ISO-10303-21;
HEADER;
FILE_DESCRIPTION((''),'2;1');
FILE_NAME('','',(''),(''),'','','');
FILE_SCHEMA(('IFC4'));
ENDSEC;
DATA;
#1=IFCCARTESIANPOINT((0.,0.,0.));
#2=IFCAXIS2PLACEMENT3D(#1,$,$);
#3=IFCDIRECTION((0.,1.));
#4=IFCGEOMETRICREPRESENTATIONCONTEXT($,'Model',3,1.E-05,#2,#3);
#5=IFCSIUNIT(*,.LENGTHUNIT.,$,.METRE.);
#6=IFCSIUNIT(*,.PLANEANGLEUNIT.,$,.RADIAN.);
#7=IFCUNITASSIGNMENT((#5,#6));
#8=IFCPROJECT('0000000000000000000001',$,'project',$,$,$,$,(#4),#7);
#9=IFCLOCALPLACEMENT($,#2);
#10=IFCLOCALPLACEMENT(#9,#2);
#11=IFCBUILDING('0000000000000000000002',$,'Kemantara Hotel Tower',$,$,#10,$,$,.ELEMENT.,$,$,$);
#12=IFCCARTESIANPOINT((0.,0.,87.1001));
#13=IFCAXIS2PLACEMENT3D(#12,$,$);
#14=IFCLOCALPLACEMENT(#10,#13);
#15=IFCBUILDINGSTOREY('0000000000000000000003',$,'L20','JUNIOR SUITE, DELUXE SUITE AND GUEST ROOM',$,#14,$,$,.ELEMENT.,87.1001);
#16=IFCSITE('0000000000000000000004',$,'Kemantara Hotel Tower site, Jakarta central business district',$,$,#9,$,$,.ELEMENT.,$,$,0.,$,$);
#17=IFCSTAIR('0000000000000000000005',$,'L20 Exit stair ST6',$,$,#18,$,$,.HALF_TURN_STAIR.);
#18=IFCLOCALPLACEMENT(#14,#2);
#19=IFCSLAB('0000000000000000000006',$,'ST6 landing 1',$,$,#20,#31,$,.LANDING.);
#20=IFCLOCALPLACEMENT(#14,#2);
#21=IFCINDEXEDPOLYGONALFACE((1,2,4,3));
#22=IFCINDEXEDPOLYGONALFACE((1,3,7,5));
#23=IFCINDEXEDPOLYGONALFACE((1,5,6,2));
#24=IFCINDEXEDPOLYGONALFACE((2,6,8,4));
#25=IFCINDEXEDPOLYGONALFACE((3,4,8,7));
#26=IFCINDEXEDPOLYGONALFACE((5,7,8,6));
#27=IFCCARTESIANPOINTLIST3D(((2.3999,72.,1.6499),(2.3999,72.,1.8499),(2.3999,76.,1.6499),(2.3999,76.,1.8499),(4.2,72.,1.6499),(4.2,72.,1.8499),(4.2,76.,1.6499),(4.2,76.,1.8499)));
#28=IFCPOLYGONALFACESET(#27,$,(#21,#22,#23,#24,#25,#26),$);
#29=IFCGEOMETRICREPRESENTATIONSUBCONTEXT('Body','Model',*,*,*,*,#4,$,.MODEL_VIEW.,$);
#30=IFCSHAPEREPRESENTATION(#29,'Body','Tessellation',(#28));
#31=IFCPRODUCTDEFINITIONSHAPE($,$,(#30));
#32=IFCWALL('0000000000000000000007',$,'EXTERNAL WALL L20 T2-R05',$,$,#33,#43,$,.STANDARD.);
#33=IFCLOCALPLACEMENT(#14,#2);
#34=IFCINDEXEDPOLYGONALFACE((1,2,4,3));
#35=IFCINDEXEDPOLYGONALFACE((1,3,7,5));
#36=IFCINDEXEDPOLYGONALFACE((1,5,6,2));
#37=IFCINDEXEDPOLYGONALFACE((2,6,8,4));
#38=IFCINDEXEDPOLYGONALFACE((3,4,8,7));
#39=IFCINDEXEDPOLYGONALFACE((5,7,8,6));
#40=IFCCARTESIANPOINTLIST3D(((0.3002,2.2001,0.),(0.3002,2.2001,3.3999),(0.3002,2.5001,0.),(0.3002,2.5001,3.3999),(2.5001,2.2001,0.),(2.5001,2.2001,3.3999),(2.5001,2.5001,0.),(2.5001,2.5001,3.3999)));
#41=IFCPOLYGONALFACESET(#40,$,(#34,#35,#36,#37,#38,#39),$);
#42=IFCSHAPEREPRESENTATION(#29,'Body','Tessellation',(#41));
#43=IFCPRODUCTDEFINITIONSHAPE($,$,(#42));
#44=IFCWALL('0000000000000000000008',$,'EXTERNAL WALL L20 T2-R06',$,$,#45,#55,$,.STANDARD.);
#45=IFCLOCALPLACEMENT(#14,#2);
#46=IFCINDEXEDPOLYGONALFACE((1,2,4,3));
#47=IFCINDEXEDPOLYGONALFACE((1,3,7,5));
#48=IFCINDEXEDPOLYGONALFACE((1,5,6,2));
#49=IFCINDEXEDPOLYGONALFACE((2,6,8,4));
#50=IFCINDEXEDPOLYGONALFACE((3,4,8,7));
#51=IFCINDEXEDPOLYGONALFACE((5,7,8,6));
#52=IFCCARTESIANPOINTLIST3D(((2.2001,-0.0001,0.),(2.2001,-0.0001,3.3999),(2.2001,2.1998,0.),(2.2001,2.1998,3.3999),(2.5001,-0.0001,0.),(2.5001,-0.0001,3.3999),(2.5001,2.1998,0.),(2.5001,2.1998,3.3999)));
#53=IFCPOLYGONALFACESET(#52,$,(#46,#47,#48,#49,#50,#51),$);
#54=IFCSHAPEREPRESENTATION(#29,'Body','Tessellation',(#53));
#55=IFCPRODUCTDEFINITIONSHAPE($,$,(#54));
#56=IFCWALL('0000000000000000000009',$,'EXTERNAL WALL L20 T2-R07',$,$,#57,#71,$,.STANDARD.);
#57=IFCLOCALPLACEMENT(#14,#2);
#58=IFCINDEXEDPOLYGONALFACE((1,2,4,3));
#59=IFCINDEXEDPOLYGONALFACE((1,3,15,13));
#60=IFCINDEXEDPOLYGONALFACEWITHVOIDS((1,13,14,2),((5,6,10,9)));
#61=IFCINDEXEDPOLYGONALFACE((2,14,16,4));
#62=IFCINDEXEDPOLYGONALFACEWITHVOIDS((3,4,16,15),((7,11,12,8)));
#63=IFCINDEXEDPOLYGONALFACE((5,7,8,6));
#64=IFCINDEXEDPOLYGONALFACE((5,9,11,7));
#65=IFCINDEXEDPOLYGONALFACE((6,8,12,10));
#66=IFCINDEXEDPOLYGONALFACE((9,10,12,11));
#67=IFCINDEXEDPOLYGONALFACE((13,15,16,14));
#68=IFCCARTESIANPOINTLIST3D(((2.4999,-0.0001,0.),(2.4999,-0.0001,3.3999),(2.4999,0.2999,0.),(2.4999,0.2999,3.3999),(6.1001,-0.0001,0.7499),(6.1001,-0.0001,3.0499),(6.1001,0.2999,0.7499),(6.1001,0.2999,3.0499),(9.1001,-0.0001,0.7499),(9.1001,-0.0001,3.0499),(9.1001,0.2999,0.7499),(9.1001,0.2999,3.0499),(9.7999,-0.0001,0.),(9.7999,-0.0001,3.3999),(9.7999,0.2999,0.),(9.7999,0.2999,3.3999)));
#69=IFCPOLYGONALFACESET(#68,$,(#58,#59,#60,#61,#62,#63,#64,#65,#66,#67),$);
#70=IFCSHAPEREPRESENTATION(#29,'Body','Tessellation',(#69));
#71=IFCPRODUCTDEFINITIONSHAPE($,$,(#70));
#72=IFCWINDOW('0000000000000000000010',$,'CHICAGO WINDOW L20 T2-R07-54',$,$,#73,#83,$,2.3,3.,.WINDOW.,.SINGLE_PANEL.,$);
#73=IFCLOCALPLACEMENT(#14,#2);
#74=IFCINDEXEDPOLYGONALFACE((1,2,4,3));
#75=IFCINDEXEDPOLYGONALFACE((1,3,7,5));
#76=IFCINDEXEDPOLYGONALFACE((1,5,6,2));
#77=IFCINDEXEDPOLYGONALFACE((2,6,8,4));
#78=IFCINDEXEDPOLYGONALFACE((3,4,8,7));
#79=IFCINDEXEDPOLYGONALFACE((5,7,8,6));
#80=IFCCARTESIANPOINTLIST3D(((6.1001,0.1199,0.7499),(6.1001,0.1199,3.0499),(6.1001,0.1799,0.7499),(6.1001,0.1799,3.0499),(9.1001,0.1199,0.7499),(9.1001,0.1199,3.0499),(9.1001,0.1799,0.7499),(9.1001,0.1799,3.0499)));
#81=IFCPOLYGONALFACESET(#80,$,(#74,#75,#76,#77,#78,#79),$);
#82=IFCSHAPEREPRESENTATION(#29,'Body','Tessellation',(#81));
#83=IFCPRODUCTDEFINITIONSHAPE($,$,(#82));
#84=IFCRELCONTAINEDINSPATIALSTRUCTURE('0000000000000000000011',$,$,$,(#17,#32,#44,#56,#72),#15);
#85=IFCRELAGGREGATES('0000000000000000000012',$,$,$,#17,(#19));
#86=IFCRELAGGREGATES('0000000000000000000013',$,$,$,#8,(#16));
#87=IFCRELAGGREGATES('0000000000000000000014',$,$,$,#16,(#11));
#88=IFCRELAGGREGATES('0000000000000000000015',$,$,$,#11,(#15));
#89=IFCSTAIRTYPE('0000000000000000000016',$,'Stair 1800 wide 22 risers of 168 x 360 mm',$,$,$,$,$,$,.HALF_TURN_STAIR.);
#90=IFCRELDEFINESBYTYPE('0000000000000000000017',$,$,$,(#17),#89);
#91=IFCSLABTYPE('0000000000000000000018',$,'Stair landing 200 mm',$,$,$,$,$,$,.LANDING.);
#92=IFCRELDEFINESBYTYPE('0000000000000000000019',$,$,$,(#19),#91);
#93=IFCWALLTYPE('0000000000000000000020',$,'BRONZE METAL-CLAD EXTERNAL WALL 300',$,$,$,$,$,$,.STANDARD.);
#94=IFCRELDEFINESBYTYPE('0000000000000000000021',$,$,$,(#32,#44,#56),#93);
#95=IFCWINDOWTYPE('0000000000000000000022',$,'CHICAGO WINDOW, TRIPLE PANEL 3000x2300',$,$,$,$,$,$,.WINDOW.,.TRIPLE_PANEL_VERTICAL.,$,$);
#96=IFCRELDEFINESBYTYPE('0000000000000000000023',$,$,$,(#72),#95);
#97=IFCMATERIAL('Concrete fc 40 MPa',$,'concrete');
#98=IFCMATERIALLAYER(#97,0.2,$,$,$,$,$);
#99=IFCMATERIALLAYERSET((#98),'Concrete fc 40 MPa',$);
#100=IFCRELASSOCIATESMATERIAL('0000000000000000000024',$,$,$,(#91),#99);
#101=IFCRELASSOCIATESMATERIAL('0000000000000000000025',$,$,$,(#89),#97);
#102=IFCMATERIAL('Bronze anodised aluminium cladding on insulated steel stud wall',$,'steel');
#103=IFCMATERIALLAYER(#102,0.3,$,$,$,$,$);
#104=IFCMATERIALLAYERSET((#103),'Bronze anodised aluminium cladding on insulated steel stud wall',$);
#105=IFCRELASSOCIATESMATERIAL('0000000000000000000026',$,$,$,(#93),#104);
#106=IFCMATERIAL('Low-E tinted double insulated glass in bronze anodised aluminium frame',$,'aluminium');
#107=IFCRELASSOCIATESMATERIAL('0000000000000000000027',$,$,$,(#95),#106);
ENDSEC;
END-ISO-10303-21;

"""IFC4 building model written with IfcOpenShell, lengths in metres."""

from ifc_helpers import new_model, si_unit, direction, frame, frame_2d, origin, place, context, subcontext, project, spatial, polyline, rectangle, outline, extrude, material, layer, layer_set, type_object, element, fill, aggregate, save


model = new_model("IFC4")

# Units and contexts
model_context = context("Model", 3, precision=1e-05, world=origin(), true_north=direction((0.0, 1.0)))
body_context = subcontext(model_context, "Body", "Model", "MODEL_VIEW")
ifc_project = project(units=[si_unit("LENGTHUNIT", "METRE"), si_unit("PLANEANGLEUNIT", "RADIAN")], contexts=[model_context])

# Site, building, storey
site_placement = place(None, origin())
site = spatial("IfcSite", under=ifc_project, at=site_placement, Name="Kemantara Hotel Tower site, Jakarta central business district", CompositionType="ELEMENT", RefElevation=0.0)
building_placement = place(site_placement, origin())
building = spatial("IfcBuilding", under=site, at=building_placement, Name="Kemantara Hotel Tower", CompositionType="ELEMENT")
storey_placement = place(building_placement, frame((0.0, 0.0, 87.1001)))
storey = spatial("IfcBuildingStorey", under=building, at=storey_placement, Name="L20", Description="JUNIOR SUITE, DELUXE SUITE AND GUEST ROOM", CompositionType="ELEMENT", Elevation=87.1001)

# Shared definitions
ifc_material_1 = material(Name="Concrete fc 40 MPa", Category="concrete")

# Stair, slab
ifc_layer_1 = layer(ifc_material_1, 0.2)
ifc_layer_set_1 = layer_set([ifc_layer_1], Name="Concrete fc 40 MPa")
slab_type_1 = type_object("IfcSlabType", Name="Stair landing 200 mm", PredefinedType="LANDING", material=ifc_layer_set_1)
stair_type_1 = type_object("IfcStairType", Name="Stair 1800 wide 22 risers of 168 x 360 mm", PredefinedType="HALF_TURN_STAIR", material=ifc_material_1)
stair_1_placement = place(storey_placement, origin())
stair_1 = element("IfcStair", 1, at=stair_1_placement, inside=storey, type_object=stair_type_1, Name="L20 Exit stair ST6", PredefinedType="HALF_TURN_STAIR")
slab_1_placement = place(storey_placement, frame((0.0, 0.0, 1.6499)))
slab_1 = element("IfcSlab", 2, at=slab_1_placement, type_object=slab_type_1, Name="ST6 landing 1", PredefinedType="LANDING", context=body_context, shape_type="SweptSolid", body=[
    extrude(outline(polyline([(4.2, 76.0), (2.3999, 76.0), (2.3999, 72.0), (4.2, 72.0), (4.2, 76.0)])), origin(), (0.0, 0.0, 1.0), 0.2),
])
aggregate(stair_1, [slab_1])

# Walls
ifc_material_2 = material(Name="Bronze anodised aluminium cladding on insulated steel stud wall", Category="steel")
ifc_layer_2 = layer(ifc_material_2, 0.3)
ifc_layer_set_2 = layer_set([ifc_layer_2], Name="Bronze anodised aluminium cladding on insulated steel stud wall")
wall_type = type_object("IfcWallType", Name="BRONZE METAL-CLAD EXTERNAL WALL 300", PredefinedType="STANDARD", material=ifc_layer_set_2)
for number, where, z_axis, x_axis, name in (
    (3, (0.3, 2.3501, 0.0), (0.0, 0.0, 1.0), (1.0, 0.0, 0.0), "EXTERNAL WALL L20 T2-R05"),
    (4, (2.3501, 2.2, 0.0), (0.0, 0.0, 1.0), (0.0, -1.0, 0.0), "EXTERNAL WALL L20 T2-R06"),
):
    element("IfcWall", number, at=place(storey_placement, frame(where, z_axis=z_axis, x_axis=x_axis)), inside=storey, type_object=wall_type, Name=name, PredefinedType="STANDARD", context=body_context, shape_type="SweptSolid", body=[
        extrude(rectangle(XDim=2.2, YDim=0.3, at=frame_2d((1.1001, 0.0))), origin(), (0.0, 0.0, 1.0), 3.3999),
    ])

# Wall, opening, window
wall_placement = place(storey_placement, frame((2.5, 0.1499, 0.0), z_axis=(0.0, 0.0, 1.0), x_axis=(1.0, 0.0, 0.0)))
wall = element("IfcWall", 5, at=wall_placement, inside=storey, type_object=wall_type, Name="EXTERNAL WALL L20 T2-R07", PredefinedType="STANDARD", context=body_context, shape_type="SweptSolid", body=[
    extrude(rectangle(XDim=7.3, YDim=0.3, at=frame_2d((3.6499, 0.0))), origin(), (0.0, 0.0, 1.0), 3.3999),
])
opening_placement = place(wall_placement, frame((3.6001, 0.0, 0.75)))
opening = element("IfcOpeningElement", 6, at=opening_placement, cuts=wall, PredefinedType="OPENING", context=body_context, shape_type="SweptSolid", body=[
    extrude(rectangle(XDim=3.0, YDim=2.3, at=frame_2d((1.5, 1.1499))), frame((0.0, 0.1599, 0.0), z_axis=(0.0, -1.0, 0.0), x_axis=(1.0, 0.0, 0.0)), (0.0, 0.0, 1.0), 0.3201),
])
ifc_material_3 = material(Name="Low-E tinted double insulated glass in bronze anodised aluminium frame", Category="aluminium")
window_type = type_object("IfcWindowType", Name="CHICAGO WINDOW, TRIPLE PANEL 3000x2300", PartitioningType="TRIPLE_PANEL_VERTICAL", PredefinedType="WINDOW", material=ifc_material_3)
window_placement = place(opening_placement, origin())
window = element("IfcWindow", 7, at=window_placement, inside=storey, type_object=window_type, Name="CHICAGO WINDOW L20 T2-R07-54", OverallHeight=2.3, OverallWidth=3.0, PartitioningType="SINGLE_PANEL", PredefinedType="WINDOW", context=body_context, shape_type="SweptSolid", body=[
    extrude(rectangle(XDim=3.0, YDim=2.3, at=frame_2d((1.5, 1.1499))), frame((0.0, 0.03, 0.0), z_axis=(0.0, -1.0, 0.0), x_axis=(1.0, 0.0, 0.0)), (0.0, 0.0, 1.0), 0.0601),
])
fill(opening, window)

save(model, "model.ifc")
